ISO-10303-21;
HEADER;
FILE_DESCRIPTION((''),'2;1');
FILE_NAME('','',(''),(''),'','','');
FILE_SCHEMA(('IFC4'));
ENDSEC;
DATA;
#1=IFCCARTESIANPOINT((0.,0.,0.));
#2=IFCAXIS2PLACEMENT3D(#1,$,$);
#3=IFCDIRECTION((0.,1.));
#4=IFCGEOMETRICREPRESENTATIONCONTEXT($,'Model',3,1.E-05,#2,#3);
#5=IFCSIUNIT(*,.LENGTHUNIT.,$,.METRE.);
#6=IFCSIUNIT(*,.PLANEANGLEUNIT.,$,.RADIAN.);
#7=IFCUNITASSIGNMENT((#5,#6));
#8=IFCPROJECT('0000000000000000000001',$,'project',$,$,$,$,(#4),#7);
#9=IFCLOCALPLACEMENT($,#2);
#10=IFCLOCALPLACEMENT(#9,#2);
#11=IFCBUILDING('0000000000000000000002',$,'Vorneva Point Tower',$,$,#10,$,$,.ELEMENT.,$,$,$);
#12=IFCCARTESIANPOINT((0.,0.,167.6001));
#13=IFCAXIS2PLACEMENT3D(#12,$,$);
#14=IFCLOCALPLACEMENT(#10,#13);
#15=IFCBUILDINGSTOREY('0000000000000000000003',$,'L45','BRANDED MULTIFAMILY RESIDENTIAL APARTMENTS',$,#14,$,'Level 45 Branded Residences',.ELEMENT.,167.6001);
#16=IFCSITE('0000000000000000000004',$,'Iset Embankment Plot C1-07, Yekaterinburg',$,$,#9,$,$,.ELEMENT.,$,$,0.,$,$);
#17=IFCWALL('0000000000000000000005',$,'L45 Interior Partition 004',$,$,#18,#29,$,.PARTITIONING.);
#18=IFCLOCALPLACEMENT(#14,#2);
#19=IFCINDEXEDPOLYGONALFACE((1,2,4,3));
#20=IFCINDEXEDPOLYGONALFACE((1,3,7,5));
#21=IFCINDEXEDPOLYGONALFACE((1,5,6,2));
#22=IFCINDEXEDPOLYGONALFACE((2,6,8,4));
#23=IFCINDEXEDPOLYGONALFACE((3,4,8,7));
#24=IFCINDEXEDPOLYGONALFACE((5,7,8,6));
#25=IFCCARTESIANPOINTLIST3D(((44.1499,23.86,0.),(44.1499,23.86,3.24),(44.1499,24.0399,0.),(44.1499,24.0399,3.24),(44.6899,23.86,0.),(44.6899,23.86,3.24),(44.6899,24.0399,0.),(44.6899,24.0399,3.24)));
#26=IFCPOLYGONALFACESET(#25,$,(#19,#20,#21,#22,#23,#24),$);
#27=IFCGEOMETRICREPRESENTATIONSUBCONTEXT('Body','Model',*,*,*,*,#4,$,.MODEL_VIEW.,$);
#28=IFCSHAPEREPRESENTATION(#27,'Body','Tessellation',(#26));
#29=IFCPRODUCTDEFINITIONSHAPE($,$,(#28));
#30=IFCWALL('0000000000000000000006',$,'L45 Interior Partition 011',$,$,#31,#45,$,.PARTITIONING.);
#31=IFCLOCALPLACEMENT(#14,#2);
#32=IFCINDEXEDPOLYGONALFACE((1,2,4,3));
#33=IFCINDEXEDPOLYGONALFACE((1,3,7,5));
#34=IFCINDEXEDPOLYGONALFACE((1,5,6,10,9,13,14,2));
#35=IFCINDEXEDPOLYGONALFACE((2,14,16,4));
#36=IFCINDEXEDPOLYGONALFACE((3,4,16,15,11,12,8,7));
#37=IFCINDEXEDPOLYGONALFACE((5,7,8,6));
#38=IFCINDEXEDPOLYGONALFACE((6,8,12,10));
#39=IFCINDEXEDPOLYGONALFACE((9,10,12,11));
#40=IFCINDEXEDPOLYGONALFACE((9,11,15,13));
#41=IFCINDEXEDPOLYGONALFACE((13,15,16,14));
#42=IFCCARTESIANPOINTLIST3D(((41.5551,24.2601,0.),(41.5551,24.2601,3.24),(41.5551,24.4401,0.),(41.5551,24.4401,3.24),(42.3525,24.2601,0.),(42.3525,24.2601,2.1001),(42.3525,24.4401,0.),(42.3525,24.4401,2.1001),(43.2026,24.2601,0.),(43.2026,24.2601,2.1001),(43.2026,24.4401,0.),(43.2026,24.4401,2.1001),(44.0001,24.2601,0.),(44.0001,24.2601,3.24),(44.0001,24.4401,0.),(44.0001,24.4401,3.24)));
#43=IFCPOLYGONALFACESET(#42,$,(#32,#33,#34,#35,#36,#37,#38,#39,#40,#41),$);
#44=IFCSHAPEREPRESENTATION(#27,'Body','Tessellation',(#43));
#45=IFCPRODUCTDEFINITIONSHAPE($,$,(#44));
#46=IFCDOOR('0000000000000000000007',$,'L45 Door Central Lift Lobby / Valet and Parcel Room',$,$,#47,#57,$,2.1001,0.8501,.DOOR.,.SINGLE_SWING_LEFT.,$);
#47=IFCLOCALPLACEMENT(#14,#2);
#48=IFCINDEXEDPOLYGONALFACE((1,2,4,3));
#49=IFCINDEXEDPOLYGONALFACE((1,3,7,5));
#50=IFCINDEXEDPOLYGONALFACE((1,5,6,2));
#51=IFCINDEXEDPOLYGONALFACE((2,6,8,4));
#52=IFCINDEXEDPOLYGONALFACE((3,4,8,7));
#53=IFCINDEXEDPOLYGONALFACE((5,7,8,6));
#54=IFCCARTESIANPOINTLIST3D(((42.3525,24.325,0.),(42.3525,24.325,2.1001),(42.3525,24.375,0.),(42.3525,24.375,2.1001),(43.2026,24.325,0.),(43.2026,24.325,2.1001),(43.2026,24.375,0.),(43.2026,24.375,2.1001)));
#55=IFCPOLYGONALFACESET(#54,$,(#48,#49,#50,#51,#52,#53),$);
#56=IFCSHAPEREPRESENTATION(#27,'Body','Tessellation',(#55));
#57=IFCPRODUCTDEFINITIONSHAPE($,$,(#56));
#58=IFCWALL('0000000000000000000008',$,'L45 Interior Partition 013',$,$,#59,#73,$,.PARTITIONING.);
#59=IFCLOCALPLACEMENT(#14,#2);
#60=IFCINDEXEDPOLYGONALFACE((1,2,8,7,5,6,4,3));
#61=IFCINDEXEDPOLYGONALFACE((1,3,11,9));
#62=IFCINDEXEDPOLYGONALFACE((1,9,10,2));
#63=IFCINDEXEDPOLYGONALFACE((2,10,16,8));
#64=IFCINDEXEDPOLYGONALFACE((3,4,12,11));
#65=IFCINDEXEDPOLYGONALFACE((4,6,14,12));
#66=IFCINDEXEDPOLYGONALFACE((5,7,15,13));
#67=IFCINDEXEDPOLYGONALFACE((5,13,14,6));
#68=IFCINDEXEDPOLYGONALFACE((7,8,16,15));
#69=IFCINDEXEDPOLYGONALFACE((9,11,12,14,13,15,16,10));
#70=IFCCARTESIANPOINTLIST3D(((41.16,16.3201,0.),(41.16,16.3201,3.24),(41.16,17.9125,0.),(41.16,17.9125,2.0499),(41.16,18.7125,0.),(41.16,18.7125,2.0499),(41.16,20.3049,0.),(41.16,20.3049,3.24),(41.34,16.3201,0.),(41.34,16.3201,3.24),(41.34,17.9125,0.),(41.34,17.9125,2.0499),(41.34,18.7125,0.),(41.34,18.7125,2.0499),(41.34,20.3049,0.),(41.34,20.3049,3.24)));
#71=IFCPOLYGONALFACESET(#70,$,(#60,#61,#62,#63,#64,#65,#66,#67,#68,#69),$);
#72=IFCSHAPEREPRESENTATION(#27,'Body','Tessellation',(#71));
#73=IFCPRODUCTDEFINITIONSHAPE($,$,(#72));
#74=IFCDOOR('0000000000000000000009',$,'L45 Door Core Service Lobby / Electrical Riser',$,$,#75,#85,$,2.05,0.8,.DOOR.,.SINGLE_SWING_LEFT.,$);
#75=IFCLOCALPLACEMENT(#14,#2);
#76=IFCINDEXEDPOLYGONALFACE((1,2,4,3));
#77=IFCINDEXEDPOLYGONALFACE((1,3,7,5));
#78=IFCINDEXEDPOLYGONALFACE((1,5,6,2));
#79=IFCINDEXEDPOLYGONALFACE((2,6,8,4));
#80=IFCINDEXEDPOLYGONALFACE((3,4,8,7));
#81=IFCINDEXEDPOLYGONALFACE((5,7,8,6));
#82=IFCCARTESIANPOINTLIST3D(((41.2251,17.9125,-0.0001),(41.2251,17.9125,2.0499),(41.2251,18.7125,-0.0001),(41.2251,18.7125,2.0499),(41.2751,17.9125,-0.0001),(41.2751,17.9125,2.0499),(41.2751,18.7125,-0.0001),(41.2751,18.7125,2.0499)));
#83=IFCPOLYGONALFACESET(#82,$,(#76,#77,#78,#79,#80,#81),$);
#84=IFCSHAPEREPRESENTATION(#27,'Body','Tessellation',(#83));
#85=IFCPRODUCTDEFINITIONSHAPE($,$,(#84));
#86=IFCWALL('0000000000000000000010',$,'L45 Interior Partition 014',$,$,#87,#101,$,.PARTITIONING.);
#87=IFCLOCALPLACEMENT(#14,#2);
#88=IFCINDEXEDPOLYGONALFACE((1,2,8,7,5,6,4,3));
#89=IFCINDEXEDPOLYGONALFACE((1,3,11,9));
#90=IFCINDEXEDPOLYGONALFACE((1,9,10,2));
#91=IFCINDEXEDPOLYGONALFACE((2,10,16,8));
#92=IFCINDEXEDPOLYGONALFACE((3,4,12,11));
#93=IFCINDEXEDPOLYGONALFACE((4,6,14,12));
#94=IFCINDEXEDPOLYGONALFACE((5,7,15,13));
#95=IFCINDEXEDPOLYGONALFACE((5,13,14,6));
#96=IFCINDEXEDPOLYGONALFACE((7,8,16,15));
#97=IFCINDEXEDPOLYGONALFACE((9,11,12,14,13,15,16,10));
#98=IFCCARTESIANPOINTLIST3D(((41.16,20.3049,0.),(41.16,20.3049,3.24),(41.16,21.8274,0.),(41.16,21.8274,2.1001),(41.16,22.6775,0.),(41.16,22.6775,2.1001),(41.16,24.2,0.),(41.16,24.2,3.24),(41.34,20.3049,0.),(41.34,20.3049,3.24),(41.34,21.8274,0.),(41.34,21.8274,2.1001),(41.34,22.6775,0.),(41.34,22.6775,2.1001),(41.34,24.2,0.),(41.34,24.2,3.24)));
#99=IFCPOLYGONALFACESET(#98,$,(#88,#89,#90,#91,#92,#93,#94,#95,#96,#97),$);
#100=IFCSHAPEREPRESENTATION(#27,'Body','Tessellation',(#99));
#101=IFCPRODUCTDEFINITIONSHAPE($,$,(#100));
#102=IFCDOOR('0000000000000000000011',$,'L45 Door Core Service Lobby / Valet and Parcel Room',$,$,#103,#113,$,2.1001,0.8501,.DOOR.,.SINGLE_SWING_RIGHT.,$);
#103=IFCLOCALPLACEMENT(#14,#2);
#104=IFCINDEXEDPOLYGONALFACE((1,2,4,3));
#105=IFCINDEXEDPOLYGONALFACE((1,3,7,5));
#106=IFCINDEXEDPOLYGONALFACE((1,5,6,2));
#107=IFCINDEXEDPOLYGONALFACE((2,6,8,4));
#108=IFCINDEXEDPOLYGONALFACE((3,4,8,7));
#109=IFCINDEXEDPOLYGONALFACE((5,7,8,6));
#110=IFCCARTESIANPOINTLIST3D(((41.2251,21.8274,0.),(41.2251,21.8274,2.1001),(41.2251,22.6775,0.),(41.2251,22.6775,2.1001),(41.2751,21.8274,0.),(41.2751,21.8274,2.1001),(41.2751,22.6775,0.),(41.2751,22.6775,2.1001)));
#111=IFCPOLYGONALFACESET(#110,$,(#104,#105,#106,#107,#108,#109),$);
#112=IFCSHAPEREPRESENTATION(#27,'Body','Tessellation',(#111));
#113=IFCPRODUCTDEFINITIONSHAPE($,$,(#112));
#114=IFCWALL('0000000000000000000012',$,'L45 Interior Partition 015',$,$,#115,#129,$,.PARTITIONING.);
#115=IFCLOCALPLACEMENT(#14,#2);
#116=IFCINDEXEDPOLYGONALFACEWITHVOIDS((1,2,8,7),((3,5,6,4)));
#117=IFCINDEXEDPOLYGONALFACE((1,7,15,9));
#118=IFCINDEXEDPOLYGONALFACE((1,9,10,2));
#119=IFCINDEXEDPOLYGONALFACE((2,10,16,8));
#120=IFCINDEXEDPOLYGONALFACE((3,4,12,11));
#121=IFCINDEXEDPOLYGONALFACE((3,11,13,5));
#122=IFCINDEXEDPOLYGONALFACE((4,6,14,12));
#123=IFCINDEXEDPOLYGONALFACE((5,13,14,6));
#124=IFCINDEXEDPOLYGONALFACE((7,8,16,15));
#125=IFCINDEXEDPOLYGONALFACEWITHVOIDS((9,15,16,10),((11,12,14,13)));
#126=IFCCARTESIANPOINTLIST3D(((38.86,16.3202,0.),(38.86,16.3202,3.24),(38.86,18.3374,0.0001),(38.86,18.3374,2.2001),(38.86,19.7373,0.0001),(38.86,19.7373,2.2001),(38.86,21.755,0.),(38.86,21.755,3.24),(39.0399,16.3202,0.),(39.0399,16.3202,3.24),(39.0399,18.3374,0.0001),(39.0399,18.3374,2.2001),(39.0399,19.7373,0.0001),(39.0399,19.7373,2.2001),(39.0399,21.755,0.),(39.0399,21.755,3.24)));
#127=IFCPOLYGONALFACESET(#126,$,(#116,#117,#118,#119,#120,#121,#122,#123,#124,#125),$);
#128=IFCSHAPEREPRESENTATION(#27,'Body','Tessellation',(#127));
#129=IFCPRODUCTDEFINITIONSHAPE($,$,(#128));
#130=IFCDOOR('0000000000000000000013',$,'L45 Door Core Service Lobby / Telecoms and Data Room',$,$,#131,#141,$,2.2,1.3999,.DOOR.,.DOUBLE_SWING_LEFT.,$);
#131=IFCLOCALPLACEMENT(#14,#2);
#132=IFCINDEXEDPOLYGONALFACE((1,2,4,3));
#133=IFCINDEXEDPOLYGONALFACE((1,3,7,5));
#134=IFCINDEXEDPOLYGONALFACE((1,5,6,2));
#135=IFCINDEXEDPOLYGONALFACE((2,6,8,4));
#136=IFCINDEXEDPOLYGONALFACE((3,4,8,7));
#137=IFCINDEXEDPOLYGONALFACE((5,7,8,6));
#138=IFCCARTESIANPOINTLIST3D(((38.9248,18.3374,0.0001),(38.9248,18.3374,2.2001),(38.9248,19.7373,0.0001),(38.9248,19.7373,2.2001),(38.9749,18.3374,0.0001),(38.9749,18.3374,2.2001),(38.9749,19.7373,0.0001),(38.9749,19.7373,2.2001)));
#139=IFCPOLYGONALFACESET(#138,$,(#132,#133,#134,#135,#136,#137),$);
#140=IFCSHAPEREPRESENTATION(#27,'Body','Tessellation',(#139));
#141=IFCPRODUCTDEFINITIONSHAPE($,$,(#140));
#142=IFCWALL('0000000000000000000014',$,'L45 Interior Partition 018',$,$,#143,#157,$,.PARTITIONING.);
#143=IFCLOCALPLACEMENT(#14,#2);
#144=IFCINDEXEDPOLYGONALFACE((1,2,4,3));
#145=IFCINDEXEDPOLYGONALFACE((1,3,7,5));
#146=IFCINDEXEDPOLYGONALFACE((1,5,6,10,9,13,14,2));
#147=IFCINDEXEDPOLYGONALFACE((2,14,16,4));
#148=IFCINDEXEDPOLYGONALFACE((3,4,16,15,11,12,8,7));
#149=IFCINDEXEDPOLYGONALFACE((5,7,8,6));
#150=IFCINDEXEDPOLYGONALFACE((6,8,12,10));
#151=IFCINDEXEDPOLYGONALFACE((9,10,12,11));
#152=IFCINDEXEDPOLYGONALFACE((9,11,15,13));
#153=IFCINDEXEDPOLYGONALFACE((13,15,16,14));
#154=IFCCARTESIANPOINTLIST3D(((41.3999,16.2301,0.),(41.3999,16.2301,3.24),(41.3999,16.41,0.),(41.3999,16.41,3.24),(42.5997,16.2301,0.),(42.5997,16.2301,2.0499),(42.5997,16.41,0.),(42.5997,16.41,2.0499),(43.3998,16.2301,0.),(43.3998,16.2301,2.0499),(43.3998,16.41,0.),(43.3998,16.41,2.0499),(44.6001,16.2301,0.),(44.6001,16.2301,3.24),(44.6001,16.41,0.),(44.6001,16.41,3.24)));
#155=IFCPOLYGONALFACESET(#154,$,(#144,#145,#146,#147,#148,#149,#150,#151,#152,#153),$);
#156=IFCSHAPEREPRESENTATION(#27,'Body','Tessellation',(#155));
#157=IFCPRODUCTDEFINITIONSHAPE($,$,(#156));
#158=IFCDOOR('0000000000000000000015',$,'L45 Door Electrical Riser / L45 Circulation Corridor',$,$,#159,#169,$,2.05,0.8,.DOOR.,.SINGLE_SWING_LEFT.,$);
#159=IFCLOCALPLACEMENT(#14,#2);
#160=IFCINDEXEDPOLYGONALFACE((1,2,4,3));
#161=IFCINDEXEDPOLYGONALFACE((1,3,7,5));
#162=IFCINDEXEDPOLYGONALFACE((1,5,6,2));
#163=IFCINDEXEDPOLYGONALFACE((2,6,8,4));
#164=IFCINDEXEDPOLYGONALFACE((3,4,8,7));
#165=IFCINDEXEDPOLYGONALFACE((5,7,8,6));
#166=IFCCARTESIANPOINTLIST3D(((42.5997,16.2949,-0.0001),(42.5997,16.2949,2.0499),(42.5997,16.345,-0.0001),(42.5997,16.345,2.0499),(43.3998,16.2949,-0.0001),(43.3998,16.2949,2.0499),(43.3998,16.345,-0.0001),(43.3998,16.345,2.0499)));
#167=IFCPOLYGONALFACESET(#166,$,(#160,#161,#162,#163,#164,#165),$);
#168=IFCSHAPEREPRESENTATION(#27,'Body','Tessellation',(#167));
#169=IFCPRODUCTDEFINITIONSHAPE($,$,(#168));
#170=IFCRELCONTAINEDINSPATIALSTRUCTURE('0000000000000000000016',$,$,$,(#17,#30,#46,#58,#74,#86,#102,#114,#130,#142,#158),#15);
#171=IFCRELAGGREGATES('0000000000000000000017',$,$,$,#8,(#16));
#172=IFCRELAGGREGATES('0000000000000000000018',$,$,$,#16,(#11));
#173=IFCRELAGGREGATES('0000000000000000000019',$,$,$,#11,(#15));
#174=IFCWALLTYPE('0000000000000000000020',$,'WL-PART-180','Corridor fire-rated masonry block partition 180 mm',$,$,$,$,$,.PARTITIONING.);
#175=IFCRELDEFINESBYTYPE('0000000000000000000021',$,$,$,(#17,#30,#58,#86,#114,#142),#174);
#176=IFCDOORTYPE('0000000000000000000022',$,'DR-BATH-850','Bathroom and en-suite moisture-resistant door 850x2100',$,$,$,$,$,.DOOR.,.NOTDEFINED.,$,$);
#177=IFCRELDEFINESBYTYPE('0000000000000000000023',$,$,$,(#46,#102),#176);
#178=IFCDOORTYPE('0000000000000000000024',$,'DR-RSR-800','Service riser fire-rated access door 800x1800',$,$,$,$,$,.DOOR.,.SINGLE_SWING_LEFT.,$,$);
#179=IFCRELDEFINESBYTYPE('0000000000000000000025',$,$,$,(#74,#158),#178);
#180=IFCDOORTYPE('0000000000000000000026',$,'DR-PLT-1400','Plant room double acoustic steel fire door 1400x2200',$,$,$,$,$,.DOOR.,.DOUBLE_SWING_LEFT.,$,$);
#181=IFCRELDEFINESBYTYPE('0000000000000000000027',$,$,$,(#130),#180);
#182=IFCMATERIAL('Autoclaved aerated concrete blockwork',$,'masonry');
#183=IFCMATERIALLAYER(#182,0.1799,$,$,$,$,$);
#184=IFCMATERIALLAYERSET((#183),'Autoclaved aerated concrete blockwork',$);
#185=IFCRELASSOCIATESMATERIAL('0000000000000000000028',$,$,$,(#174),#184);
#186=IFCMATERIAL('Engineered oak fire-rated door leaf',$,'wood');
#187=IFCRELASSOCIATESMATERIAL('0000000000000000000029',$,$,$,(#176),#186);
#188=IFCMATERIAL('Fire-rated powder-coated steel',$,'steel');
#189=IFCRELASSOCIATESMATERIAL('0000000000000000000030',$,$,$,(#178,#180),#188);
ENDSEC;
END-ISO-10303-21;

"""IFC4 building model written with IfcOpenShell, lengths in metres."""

from ifc_helpers import new_model, si_unit, direction, frame, frame_2d, origin, place, context, subcontext, project, spatial, rectangle, extrude, material, layer, layer_set, type_object, element, fill, save


model = new_model("IFC4")

# Units and contexts
model_context = context("Model", 3, precision=1e-05, world=origin(), true_north=direction((0.0, 1.0)))
body_context = subcontext(model_context, "Body", "Model", "MODEL_VIEW")
ifc_project = project(units=[si_unit("LENGTHUNIT", "METRE"), si_unit("PLANEANGLEUNIT", "RADIAN")], contexts=[model_context])

# Site, building, storey
site_placement = place(None, origin())
site = spatial("IfcSite", under=ifc_project, at=site_placement, Name="Iset Embankment Plot C1-07, Yekaterinburg", CompositionType="ELEMENT", RefElevation=0.0)
building_placement = place(site_placement, origin())
building = spatial("IfcBuilding", under=site, at=building_placement, Name="Vorneva Point Tower", CompositionType="ELEMENT")
storey_placement = place(building_placement, frame((0.0, 0.0, 167.6001)))
storey = spatial("IfcBuildingStorey", under=building, at=storey_placement, Name="L45", Description="BRANDED MULTIFAMILY RESIDENTIAL APARTMENTS", LongName="Level 45 Branded Residences", CompositionType="ELEMENT", Elevation=167.6001)

# Wall
ifc_material_1 = material(Name="Autoclaved aerated concrete blockwork", Category="masonry")
ifc_layer_1 = layer(ifc_material_1, 0.1799)
ifc_layer_set_1 = layer_set([ifc_layer_1], Name="Autoclaved aerated concrete blockwork")
wall_type_1 = type_object("IfcWallType", Name="WL-PART-180", Description="Corridor fire-rated masonry block partition 180 mm", PredefinedType="PARTITIONING", material=ifc_layer_set_1)
wall_1_placement = place(storey_placement, frame((44.1499, 23.95, 0.0), z_axis=(0.0, 0.0, 1.0), x_axis=(1.0, 0.0, 0.0)))
element("IfcWall", 1, at=wall_1_placement, inside=storey, type_object=wall_type_1, Name="L45 Interior Partition 004", PredefinedType="PARTITIONING", context=body_context, shape_type="SweptSolid", body=[
    extrude(rectangle(XDim=0.54, YDim=0.1799, at=frame_2d((0.27, 0.0))), origin(), (0.0, 0.0, 1.0), 3.24),
])

# Walls, openings, doors
ifc_material_2 = material(Name="Fire-rated powder-coated steel", Category="steel")
wall_2_placement = place(storey_placement, frame((41.5549, 24.3501, 0.0), z_axis=(0.0, 0.0, 1.0), x_axis=(1.0, 0.0, 0.0)))
wall_2 = element("IfcWall", 2, at=wall_2_placement, inside=storey, type_object=wall_type_1, Name="L45 Interior Partition 011", PredefinedType="PARTITIONING", context=body_context, shape_type="SweptSolid", body=[
    extrude(rectangle(XDim=2.4451, YDim=0.1799, at=frame_2d((1.2227, 0.0))), origin(), (0.0, 0.0, 1.0), 3.24),
])
opening_1_placement = place(wall_2_placement, frame((0.7976, 0.0, 0.0)))
opening_1 = element("IfcOpeningElement", 3, at=opening_1_placement, cuts=wall_2, PredefinedType="OPENING", context=body_context, shape_type="SweptSolid", body=[
    extrude(rectangle(XDim=0.8501, YDim=2.1001, at=frame_2d((0.425, 1.05))), frame((0.0, 0.105, 0.0), z_axis=(0.0, -1.0, 0.0), x_axis=(1.0, 0.0, 0.0)), (0.0, 0.0, 1.0), 0.2097),
])
ifc_material_3 = material(Name="Engineered oak fire-rated door leaf", Category="wood")
door_type_1 = type_object("IfcDoorType", Name="DR-BATH-850", Description="Bathroom and en-suite moisture-resistant door 850x2100", OperationType="NOTDEFINED", PredefinedType="DOOR", material=ifc_material_3)
door_1_placement = place(opening_1_placement, origin())
door_1 = element("IfcDoor", 4, at=door_1_placement, inside=storey, type_object=door_type_1, Name="L45 Door Central Lift Lobby / Valet and Parcel Room", OperationType="SINGLE_SWING_LEFT", OverallHeight=2.1001, OverallWidth=0.8501, PredefinedType="DOOR", context=body_context, shape_type="SweptSolid", body=[
    extrude(rectangle(XDim=0.8501, YDim=2.1001, at=frame_2d((0.425, 1.05))), frame((0.0, 0.0249, 0.0), z_axis=(0.0, -1.0, 0.0), x_axis=(1.0, 0.0, 0.0)), (0.0, 0.0, 1.0), 0.05),
])
fill(opening_1, door_1)
wall_3_placement = place(storey_placement, frame((41.25, 16.3201, 0.0), z_axis=(0.0, 0.0, 1.0), x_axis=(0.0, 1.0, 0.0)))
wall_3 = element("IfcWall", 5, at=wall_3_placement, inside=storey, type_object=wall_type_1, Name="L45 Interior Partition 013", PredefinedType="PARTITIONING", context=body_context, shape_type="SweptSolid", body=[
    extrude(rectangle(XDim=3.9849, YDim=0.1799, at=frame_2d((1.9924, 0.0))), origin(), (0.0, 0.0, 1.0), 3.24),
])
opening_2_placement = place(wall_3_placement, frame((1.5925, 0.0, 0.0)))
opening_2 = element("IfcOpeningElement", 6, at=opening_2_placement, cuts=wall_3, PredefinedType="OPENING", context=body_context, shape_type="SweptSolid", body=[
    extrude(rectangle(XDim=0.8, YDim=2.05, at=frame_2d((0.3999, 1.0249))), frame((0.0, 0.105, 0.0), z_axis=(0.0, -1.0, 0.0), x_axis=(1.0, 0.0, 0.0)), (0.0, 0.0, 1.0), 0.2097),
])
door_type_2 = type_object("IfcDoorType", Name="DR-RSR-800", Description="Service riser fire-rated access door 800x1800", OperationType="SINGLE_SWING_LEFT", PredefinedType="DOOR", material=ifc_material_2)
door_2_placement = place(opening_2_placement, origin())
door_2 = element("IfcDoor", 7, at=door_2_placement, inside=storey, type_object=door_type_2, Name="L45 Door Core Service Lobby / Electrical Riser", OperationType="SINGLE_SWING_LEFT", OverallHeight=2.05, OverallWidth=0.8, PredefinedType="DOOR", context=body_context, shape_type="SweptSolid", body=[
    extrude(rectangle(XDim=0.8, YDim=2.05, at=frame_2d((0.3999, 1.0249))), frame((0.0, 0.0249, 0.0), z_axis=(0.0, -1.0, 0.0), x_axis=(1.0, 0.0, 0.0)), (0.0, 0.0, 1.0), 0.05),
])
fill(opening_2, door_2)
wall_4_placement = place(storey_placement, frame((41.25, 20.3049, 0.0), z_axis=(0.0, 0.0, 1.0), x_axis=(0.0, 1.0, 0.0)))
wall_4 = element("IfcWall", 8, at=wall_4_placement, inside=storey, type_object=wall_type_1, Name="L45 Interior Partition 014", PredefinedType="PARTITIONING", context=body_context, shape_type="SweptSolid", body=[
    extrude(rectangle(XDim=3.895, YDim=0.1799, at=frame_2d((1.9475, 0.0))), origin(), (0.0, 0.0, 1.0), 3.24),
])
opening_3_placement = place(wall_4_placement, frame((1.5225, 0.0, 0.0)))
opening_3 = element("IfcOpeningElement", 9, at=opening_3_placement, cuts=wall_4, PredefinedType="OPENING", context=body_context, shape_type="SweptSolid", body=[
    extrude(rectangle(XDim=0.8501, YDim=2.1001, at=frame_2d((0.425, 1.05))), frame((0.0, 0.105, 0.0), z_axis=(0.0, -1.0, 0.0), x_axis=(1.0, 0.0, 0.0)), (0.0, 0.0, 1.0), 0.2097),
])
door_3_placement = place(opening_3_placement, origin())
door_3 = element("IfcDoor", 10, at=door_3_placement, inside=storey, type_object=door_type_1, Name="L45 Door Core Service Lobby / Valet and Parcel Room", OperationType="SINGLE_SWING_RIGHT", OverallHeight=2.1001, OverallWidth=0.8501, PredefinedType="DOOR", context=body_context, shape_type="SweptSolid", body=[
    extrude(rectangle(XDim=0.8501, YDim=2.1001, at=frame_2d((0.425, 1.05))), frame((0.0, 0.0249, 0.0), z_axis=(0.0, -1.0, 0.0), x_axis=(1.0, 0.0, 0.0)), (0.0, 0.0, 1.0), 0.05),
])
fill(opening_3, door_3)
wall_5_placement = place(storey_placement, frame((38.95, 21.7549, 0.0), z_axis=(0.0, 0.0, 1.0), x_axis=(0.0, -1.0, 0.0)))
wall_5 = element("IfcWall", 11, at=wall_5_placement, inside=storey, type_object=wall_type_1, Name="L45 Interior Partition 015", PredefinedType="PARTITIONING", context=body_context, shape_type="SweptSolid", body=[
    extrude(rectangle(XDim=5.4348, YDim=0.1799, at=frame_2d((2.7173, 0.0))), origin(), (0.0, 0.0, 1.0), 3.24),
])
opening_4_placement = place(wall_5_placement, frame((2.0176, 0.0, 0.0)))
opening_4 = element("IfcOpeningElement", 12, at=opening_4_placement, cuts=wall_5, PredefinedType="OPENING", context=body_context, shape_type="SweptSolid", body=[
    extrude(rectangle(XDim=1.3999, YDim=2.2, at=frame_2d((0.7, 1.1001))), frame((0.0, 0.105, 0.0), z_axis=(0.0, -1.0, 0.0), x_axis=(1.0, 0.0, 0.0)), (0.0, 0.0, 1.0), 0.2097),
])
door_type_3 = type_object("IfcDoorType", Name="DR-PLT-1400", Description="Plant room double acoustic steel fire door 1400x2200", OperationType="DOUBLE_SWING_LEFT", PredefinedType="DOOR", material=ifc_material_2)
door_4_placement = place(opening_4_placement, origin())
door_4 = element("IfcDoor", 13, at=door_4_placement, inside=storey, type_object=door_type_3, Name="L45 Door Core Service Lobby / Telecoms and Data Room", OperationType="DOUBLE_SWING_LEFT", OverallHeight=2.2, OverallWidth=1.3999, PredefinedType="DOOR", context=body_context, shape_type="SweptSolid", body=[
    extrude(rectangle(XDim=1.3999, YDim=2.2, at=frame_2d((0.7, 1.1001))), frame((0.0, 0.0249, 0.0), z_axis=(0.0, -1.0, 0.0), x_axis=(1.0, 0.0, 0.0)), (0.0, 0.0, 1.0), 0.05),
])
fill(opening_4, door_4)
wall_6_placement = place(storey_placement, frame((41.3999, 16.3201, 0.0), z_axis=(0.0, 0.0, 1.0), x_axis=(1.0, 0.0, 0.0)))
wall_6 = element("IfcWall", 14, at=wall_6_placement, inside=storey, type_object=wall_type_1, Name="L45 Interior Partition 018", PredefinedType="PARTITIONING", context=body_context, shape_type="SweptSolid", body=[
    extrude(rectangle(XDim=3.2002, YDim=0.1799, at=frame_2d((1.6001, 0.0))), origin(), (0.0, 0.0, 1.0), 3.24),
])
opening_5_placement = place(wall_6_placement, frame((1.2, 0.0, 0.0)))
opening_5 = element("IfcOpeningElement", 15, at=opening_5_placement, cuts=wall_6, PredefinedType="OPENING", context=body_context, shape_type="SweptSolid", body=[
    extrude(rectangle(XDim=0.8, YDim=2.05, at=frame_2d((0.3999, 1.0249))), frame((0.0, 0.105, 0.0), z_axis=(0.0, -1.0, 0.0), x_axis=(1.0, 0.0, 0.0)), (0.0, 0.0, 1.0), 0.2097),
])
door_5_placement = place(opening_5_placement, origin())
door_5 = element("IfcDoor", 16, at=door_5_placement, inside=storey, type_object=door_type_2, Name="L45 Door Electrical Riser / L45 Circulation Corridor", OperationType="SINGLE_SWING_LEFT", OverallHeight=2.05, OverallWidth=0.8, PredefinedType="DOOR", context=body_context, shape_type="SweptSolid", body=[
    extrude(rectangle(XDim=0.8, YDim=2.05, at=frame_2d((0.3999, 1.0249))), frame((0.0, 0.0249, 0.0), z_axis=(0.0, -1.0, 0.0), x_axis=(1.0, 0.0, 0.0)), (0.0, 0.0, 1.0), 0.05),
])
fill(opening_5, door_5)

save(model, "model.ifc")
